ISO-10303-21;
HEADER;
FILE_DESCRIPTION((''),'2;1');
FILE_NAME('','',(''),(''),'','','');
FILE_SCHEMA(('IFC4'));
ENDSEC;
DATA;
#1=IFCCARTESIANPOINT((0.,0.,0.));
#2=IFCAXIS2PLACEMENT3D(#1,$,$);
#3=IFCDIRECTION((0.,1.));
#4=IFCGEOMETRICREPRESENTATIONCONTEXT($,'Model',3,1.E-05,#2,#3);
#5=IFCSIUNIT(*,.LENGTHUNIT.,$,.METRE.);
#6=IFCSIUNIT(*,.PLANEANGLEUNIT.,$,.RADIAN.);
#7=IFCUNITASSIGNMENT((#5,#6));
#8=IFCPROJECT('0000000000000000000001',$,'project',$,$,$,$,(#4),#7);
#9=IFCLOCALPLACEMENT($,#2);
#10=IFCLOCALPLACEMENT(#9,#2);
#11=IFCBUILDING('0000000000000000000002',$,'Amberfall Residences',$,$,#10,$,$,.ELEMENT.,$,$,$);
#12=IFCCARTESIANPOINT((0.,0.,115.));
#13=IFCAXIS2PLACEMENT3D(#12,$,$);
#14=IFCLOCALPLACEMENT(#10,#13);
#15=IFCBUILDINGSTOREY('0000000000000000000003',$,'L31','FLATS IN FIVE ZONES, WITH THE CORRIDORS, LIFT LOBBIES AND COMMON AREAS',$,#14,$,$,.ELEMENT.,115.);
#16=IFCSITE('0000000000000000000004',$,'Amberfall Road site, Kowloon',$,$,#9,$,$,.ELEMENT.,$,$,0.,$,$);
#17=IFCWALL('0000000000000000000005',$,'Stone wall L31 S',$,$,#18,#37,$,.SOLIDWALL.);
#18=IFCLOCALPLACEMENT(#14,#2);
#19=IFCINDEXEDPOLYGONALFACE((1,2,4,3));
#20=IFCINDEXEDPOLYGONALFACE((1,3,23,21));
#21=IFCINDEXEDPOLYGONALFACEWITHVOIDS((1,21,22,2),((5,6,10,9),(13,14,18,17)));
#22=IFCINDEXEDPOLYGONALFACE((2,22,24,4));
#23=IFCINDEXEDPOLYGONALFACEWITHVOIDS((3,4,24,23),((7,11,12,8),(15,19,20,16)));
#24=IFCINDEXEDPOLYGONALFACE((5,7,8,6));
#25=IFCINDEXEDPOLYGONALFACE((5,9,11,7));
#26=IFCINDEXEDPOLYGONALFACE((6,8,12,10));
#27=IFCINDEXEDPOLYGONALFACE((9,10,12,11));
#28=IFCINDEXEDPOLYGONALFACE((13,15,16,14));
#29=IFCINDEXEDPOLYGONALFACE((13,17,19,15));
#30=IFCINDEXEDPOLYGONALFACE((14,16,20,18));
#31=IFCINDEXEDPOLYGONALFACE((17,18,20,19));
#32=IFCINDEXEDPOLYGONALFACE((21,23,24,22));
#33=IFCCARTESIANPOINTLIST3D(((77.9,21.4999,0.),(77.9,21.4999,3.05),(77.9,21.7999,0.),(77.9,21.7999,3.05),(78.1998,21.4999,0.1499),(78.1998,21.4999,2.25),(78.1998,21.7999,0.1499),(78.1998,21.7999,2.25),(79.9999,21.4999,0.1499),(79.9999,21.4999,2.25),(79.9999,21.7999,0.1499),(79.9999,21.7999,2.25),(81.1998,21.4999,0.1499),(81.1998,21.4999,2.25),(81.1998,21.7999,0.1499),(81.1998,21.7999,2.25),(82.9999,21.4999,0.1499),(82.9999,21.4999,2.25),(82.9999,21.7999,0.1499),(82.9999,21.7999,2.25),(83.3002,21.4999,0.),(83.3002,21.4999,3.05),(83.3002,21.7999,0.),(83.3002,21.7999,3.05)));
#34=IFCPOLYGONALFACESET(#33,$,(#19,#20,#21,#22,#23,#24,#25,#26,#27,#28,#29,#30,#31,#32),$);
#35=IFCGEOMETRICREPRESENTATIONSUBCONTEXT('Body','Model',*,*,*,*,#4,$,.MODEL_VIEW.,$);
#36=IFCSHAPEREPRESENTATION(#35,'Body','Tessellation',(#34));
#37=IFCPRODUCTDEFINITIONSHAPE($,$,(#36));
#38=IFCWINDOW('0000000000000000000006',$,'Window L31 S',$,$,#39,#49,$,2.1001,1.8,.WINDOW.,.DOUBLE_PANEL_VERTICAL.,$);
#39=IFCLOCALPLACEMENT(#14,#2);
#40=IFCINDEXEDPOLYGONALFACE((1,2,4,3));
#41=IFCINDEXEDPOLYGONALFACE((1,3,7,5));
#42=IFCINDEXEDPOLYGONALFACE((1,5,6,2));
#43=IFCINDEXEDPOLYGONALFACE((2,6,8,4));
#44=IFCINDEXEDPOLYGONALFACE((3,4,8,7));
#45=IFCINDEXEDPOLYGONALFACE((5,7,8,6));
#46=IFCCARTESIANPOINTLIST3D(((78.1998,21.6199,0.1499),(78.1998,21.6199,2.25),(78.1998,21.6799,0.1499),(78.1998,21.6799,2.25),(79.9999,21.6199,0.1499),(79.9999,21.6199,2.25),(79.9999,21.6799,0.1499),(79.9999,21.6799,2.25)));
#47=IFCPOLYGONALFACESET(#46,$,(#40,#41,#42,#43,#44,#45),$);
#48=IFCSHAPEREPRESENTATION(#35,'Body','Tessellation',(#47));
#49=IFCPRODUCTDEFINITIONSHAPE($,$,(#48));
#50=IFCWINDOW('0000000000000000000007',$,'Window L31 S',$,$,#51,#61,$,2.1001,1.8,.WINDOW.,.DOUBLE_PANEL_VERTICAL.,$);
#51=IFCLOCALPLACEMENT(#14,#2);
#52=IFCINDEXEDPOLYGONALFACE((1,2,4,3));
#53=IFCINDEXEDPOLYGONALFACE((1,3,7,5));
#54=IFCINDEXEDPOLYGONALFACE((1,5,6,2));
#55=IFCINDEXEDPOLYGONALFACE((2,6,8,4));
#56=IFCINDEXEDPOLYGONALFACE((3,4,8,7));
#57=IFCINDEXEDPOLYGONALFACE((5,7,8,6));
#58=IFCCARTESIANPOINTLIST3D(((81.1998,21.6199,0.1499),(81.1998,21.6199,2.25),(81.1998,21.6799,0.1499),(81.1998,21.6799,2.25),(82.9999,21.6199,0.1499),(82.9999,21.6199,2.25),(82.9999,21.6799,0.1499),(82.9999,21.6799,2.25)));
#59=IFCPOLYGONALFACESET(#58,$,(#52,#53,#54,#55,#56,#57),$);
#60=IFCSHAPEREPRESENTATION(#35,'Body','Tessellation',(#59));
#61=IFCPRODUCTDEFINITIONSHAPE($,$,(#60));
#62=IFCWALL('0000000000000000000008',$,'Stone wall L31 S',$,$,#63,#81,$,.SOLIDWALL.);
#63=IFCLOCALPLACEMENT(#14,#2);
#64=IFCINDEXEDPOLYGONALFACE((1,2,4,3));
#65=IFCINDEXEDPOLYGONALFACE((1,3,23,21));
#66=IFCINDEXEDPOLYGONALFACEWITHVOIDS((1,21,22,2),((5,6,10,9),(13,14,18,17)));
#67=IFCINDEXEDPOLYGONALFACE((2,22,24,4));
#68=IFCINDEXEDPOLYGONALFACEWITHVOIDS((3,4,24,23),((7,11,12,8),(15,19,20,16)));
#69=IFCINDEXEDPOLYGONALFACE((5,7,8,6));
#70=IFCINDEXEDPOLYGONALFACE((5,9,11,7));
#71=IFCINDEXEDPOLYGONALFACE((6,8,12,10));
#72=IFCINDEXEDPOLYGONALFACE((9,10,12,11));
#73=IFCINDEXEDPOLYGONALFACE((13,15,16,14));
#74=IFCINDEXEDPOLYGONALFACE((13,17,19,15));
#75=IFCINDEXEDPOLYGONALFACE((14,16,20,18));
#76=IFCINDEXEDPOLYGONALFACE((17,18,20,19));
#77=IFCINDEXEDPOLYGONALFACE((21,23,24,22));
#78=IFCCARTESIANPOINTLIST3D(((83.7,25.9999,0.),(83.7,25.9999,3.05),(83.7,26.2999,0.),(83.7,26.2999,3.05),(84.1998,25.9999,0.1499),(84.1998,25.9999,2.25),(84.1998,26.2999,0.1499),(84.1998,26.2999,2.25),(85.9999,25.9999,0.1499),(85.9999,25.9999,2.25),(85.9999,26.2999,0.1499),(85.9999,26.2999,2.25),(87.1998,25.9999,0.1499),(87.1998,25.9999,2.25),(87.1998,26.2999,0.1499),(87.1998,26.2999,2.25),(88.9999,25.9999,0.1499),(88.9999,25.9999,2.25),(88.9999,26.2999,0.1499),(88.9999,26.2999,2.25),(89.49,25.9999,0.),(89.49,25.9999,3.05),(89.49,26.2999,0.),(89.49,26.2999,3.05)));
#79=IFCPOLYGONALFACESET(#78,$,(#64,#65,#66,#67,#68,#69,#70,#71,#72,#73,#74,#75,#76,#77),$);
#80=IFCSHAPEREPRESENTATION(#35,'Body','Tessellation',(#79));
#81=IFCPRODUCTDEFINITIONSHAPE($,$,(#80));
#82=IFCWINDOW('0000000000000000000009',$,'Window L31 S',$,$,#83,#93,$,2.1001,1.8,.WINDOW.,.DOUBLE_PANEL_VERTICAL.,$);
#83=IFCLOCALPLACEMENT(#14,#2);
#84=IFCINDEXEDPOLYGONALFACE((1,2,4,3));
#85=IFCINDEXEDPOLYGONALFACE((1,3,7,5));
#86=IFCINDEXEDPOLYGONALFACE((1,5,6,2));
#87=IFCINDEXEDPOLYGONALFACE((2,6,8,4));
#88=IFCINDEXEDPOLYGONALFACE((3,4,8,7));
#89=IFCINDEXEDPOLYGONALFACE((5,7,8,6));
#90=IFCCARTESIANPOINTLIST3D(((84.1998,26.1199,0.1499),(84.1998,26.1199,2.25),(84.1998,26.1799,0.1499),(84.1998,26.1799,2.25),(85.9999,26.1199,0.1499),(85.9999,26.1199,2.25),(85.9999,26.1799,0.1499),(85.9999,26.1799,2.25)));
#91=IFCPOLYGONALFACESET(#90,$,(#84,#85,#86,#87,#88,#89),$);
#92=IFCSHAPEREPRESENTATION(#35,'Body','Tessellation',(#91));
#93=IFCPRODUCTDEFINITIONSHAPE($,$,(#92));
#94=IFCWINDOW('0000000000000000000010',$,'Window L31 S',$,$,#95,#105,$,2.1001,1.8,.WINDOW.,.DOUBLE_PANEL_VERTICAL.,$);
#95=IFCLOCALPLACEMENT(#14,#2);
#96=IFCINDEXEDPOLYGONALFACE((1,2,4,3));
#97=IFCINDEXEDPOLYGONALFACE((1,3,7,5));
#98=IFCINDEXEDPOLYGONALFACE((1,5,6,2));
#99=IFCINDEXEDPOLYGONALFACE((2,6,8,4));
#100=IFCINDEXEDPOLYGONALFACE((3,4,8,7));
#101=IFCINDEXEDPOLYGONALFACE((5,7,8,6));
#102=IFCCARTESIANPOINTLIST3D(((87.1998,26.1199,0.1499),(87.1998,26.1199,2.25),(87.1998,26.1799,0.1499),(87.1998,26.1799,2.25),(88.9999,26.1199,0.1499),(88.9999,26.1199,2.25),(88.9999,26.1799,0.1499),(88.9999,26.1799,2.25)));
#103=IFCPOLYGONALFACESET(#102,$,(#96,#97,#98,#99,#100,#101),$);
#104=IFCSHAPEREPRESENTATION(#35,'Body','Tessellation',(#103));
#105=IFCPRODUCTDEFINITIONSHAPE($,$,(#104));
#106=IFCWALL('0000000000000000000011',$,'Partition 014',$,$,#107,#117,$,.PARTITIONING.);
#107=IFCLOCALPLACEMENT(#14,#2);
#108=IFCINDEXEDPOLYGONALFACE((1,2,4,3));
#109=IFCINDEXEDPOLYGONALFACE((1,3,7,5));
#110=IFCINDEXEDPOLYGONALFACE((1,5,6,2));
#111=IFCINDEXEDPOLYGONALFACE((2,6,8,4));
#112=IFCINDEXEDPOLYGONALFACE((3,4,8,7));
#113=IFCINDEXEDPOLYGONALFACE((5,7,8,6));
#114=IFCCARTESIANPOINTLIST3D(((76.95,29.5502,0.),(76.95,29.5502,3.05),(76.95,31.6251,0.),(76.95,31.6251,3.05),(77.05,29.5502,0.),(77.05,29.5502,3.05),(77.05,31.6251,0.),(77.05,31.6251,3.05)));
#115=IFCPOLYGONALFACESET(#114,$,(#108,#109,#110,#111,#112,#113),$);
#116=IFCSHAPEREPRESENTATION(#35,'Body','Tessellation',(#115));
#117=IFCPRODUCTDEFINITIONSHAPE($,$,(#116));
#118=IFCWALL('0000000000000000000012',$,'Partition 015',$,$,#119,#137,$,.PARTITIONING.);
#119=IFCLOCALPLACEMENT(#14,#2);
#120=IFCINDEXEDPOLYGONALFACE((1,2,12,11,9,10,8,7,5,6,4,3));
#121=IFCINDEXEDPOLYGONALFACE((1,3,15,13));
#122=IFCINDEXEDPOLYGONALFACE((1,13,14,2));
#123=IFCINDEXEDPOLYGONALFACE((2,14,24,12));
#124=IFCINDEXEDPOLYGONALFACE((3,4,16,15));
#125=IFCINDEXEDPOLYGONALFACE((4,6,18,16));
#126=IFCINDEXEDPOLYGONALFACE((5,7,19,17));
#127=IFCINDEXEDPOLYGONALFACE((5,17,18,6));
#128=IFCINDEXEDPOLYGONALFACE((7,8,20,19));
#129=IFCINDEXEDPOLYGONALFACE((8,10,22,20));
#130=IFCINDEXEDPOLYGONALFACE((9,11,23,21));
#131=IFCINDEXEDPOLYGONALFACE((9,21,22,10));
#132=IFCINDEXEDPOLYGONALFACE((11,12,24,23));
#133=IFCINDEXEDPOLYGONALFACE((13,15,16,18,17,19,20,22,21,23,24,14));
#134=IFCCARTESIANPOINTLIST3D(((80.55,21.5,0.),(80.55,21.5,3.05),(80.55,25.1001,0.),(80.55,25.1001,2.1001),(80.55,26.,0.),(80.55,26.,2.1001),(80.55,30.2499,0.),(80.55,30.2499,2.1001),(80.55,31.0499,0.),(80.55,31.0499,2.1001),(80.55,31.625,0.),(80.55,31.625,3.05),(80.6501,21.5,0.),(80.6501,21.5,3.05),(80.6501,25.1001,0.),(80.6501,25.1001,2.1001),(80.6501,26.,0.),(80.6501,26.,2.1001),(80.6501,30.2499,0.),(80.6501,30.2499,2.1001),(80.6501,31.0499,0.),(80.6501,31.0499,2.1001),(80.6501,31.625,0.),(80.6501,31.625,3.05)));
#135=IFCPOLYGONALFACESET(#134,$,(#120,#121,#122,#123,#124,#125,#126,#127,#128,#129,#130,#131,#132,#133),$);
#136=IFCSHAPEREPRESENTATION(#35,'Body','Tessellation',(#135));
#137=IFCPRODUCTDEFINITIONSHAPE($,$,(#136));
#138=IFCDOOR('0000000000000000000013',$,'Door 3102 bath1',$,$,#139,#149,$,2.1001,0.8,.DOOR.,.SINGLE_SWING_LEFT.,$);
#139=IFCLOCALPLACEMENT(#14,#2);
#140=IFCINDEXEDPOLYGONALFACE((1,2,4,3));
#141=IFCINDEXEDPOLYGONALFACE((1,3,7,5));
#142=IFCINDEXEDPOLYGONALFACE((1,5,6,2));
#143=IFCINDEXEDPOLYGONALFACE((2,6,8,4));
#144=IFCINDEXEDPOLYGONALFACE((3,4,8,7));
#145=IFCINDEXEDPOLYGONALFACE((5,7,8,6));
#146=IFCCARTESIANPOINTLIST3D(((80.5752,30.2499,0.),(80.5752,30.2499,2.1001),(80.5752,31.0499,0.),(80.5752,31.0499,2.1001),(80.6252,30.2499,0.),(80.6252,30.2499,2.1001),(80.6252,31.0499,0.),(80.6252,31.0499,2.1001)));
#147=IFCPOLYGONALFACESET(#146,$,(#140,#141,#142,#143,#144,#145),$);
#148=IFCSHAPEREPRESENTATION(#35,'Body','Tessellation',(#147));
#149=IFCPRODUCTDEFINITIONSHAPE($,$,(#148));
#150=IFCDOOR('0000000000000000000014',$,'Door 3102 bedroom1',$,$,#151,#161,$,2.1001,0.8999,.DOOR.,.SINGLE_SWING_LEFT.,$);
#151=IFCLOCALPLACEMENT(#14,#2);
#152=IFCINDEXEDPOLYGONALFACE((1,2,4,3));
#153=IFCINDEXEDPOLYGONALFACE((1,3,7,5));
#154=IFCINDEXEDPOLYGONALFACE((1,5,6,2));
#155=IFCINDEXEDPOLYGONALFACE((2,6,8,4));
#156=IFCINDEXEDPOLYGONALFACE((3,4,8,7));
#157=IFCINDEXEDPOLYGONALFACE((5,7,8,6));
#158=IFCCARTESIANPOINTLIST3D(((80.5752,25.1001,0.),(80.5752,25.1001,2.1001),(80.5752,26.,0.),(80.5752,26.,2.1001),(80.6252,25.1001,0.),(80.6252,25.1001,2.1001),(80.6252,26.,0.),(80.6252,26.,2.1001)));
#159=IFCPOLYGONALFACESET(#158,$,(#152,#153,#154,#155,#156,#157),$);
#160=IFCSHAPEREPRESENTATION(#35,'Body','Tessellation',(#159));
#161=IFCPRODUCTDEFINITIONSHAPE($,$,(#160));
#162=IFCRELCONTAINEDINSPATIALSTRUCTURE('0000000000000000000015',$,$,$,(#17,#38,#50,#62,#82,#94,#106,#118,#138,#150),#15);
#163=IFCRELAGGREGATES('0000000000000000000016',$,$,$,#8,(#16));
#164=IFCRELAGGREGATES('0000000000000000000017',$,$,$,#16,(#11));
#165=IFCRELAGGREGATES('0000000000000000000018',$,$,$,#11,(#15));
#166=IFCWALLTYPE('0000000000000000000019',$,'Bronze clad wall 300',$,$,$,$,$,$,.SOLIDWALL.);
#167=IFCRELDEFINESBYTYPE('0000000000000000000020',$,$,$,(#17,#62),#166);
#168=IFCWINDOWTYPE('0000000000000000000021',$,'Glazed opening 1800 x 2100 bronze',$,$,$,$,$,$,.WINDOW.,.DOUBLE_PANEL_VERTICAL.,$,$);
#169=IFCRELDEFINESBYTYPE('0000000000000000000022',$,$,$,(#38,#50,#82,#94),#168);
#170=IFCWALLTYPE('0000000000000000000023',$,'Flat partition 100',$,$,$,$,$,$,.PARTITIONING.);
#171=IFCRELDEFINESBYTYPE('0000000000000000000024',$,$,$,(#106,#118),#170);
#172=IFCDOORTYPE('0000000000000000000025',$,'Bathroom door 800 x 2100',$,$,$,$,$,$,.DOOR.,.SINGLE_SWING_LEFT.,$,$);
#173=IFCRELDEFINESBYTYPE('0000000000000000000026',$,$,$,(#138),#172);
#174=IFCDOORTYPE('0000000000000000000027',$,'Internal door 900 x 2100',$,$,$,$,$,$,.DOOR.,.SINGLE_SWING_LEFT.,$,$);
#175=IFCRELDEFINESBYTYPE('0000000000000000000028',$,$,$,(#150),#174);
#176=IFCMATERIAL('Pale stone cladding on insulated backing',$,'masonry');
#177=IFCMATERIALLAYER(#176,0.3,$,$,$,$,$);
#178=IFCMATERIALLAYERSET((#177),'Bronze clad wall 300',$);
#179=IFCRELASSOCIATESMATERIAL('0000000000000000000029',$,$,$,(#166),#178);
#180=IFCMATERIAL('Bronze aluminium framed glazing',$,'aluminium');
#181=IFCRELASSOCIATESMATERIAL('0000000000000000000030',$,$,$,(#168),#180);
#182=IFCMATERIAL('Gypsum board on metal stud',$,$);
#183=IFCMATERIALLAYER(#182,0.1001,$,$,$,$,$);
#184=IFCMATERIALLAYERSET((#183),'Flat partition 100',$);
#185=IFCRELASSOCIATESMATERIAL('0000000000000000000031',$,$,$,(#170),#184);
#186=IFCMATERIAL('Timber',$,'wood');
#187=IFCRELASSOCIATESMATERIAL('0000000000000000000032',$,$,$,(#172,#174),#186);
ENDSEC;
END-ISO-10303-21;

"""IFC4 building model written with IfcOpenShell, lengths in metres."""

from ifc_helpers import new_model, si_unit, direction, frame, frame_2d, origin, place, context, subcontext, project, spatial, rectangle, extrude, material, layer, layer_set, type_object, element, fill, save


model = new_model("IFC4")

# Units and contexts
model_context = context("Model", 3, precision=1e-05, world=origin(), true_north=direction((0.0, 1.0)))
body_context = subcontext(model_context, "Body", "Model", "MODEL_VIEW")
ifc_project = project(units=[si_unit("LENGTHUNIT", "METRE"), si_unit("PLANEANGLEUNIT", "RADIAN")], contexts=[model_context])

# Site, building, storey
site_placement = place(None, origin())
site = spatial("IfcSite", under=ifc_project, at=site_placement, Name="Amberfall Road site, Kowloon", CompositionType="ELEMENT", RefElevation=0.0)
building_placement = place(site_placement, origin())
building = spatial("IfcBuilding", under=site, at=building_placement, Name="Amberfall Residences", CompositionType="ELEMENT")
storey_placement = place(building_placement, frame((0.0, 0.0, 115.0)))
storey = spatial("IfcBuildingStorey", under=building, at=storey_placement, Name="L31", Description="FLATS IN FIVE ZONES, WITH THE CORRIDORS, LIFT LOBBIES AND COMMON AREAS", CompositionType="ELEMENT", Elevation=115.0)

# Shared definitions
ifc_material_1 = material(Name="Pale stone cladding on insulated backing", Category="masonry")
ifc_layer_1 = layer(ifc_material_1, 0.3)
ifc_layer_set_1 = layer_set([ifc_layer_1], Name="Bronze clad wall 300")
wall_type_1 = type_object("IfcWallType", Name="Bronze clad wall 300", PredefinedType="SOLIDWALL", material=ifc_layer_set_1)

# Shared definitions
ifc_material_2 = material(Name="Bronze aluminium framed glazing", Category="aluminium")

# Walls, openings, windows
wall_1_placement = place(storey_placement, frame((77.8999, 21.6499, 0.0), z_axis=(0.0, 0.0, 1.0), x_axis=(1.0, 0.0, 0.0)))
wall_1 = element("IfcWall", 1, at=wall_1_placement, inside=storey, type_object=wall_type_1, Name="Stone wall L31 S", PredefinedType="SOLIDWALL", context=body_context, shape_type="SweptSolid", body=[
    extrude(rectangle(XDim=5.4001, YDim=0.3, at=frame_2d((2.7002, 0.0))), origin(), (0.0, 0.0, 1.0), 3.05),
])
opening_1_placement = place(wall_1_placement, frame((0.3, 0.0, 0.1499)))
opening_1 = element("IfcOpeningElement", 2, at=opening_1_placement, cuts=wall_1, PredefinedType="OPENING", context=body_context, shape_type="SweptSolid", body=[
    extrude(rectangle(XDim=1.8, YDim=2.1001, at=frame_2d((0.8999, 1.05))), frame((0.0, 0.1599, 0.0), z_axis=(0.0, -1.0, 0.0), x_axis=(1.0, 0.0, 0.0)), (0.0, 0.0, 1.0), 0.3201),
])
opening_2_placement = place(wall_1_placement, frame((3.3, 0.0, 0.1499)))
opening_2 = element("IfcOpeningElement", 3, at=opening_2_placement, cuts=wall_1, PredefinedType="OPENING", context=body_context, shape_type="SweptSolid", body=[
    extrude(rectangle(XDim=1.8, YDim=2.1001, at=frame_2d((0.8999, 1.05))), frame((0.0, 0.1599, 0.0), z_axis=(0.0, -1.0, 0.0), x_axis=(1.0, 0.0, 0.0)), (0.0, 0.0, 1.0), 0.3201),
])
window_type_1 = type_object("IfcWindowType", Name="Glazed opening 1800 x 2100 bronze", PartitioningType="DOUBLE_PANEL_VERTICAL", PredefinedType="WINDOW", material=ifc_material_2)
window_1_placement = place(opening_1_placement, origin())
window_1 = element("IfcWindow", 4, at=window_1_placement, inside=storey, type_object=window_type_1, Name="Window L31 S", OverallHeight=2.1001, OverallWidth=1.8, PartitioningType="DOUBLE_PANEL_VERTICAL", PredefinedType="WINDOW", context=body_context, shape_type="SweptSolid", body=[
    extrude(rectangle(XDim=1.8, YDim=2.1001, at=frame_2d((0.8999, 1.05))), frame((0.0, 0.03, 0.0), z_axis=(0.0, -1.0, 0.0), x_axis=(1.0, 0.0, 0.0)), (0.0, 0.0, 1.0), 0.0601),
])
fill(opening_1, window_1)
window_2_placement = place(opening_2_placement, origin())
window_2 = element("IfcWindow", 5, at=window_2_placement, inside=storey, type_object=window_type_1, Name="Window L31 S", OverallHeight=2.1001, OverallWidth=1.8, PartitioningType="DOUBLE_PANEL_VERTICAL", PredefinedType="WINDOW", context=body_context, shape_type="SweptSolid", body=[
    extrude(rectangle(XDim=1.8, YDim=2.1001, at=frame_2d((0.8999, 1.05))), frame((0.0, 0.03, 0.0), z_axis=(0.0, -1.0, 0.0), x_axis=(1.0, 0.0, 0.0)), (0.0, 0.0, 1.0), 0.0601),
])
fill(opening_2, window_2)
wall_2_placement = place(storey_placement, frame((83.7, 26.1499, 0.0), z_axis=(0.0, 0.0, 1.0), x_axis=(1.0, 0.0, 0.0)))
wall_2 = element("IfcWall", 6, at=wall_2_placement, inside=storey, type_object=wall_type_1, Name="Stone wall L31 S", PredefinedType="SOLIDWALL", context=body_context, shape_type="SweptSolid", body=[
    extrude(rectangle(XDim=5.79, YDim=0.3, at=frame_2d((2.895, 0.0))), origin(), (0.0, 0.0, 1.0), 3.05),
])
opening_3_placement = place(wall_2_placement, frame((0.5, 0.0, 0.1499)))
opening_3 = element("IfcOpeningElement", 7, at=opening_3_placement, cuts=wall_2, PredefinedType="OPENING", context=body_context, shape_type="SweptSolid", body=[
    extrude(rectangle(XDim=1.8, YDim=2.1001, at=frame_2d((0.8999, 1.05))), frame((0.0, 0.1599, 0.0), z_axis=(0.0, -1.0, 0.0), x_axis=(1.0, 0.0, 0.0)), (0.0, 0.0, 1.0), 0.3201),
])
opening_4_placement = place(wall_2_placement, frame((3.5, 0.0, 0.1499)))
opening_4 = element("IfcOpeningElement", 8, at=opening_4_placement, cuts=wall_2, PredefinedType="OPENING", context=body_context, shape_type="SweptSolid", body=[
    extrude(rectangle(XDim=1.8, YDim=2.1001, at=frame_2d((0.8999, 1.05))), frame((0.0, 0.1599, 0.0), z_axis=(0.0, -1.0, 0.0), x_axis=(1.0, 0.0, 0.0)), (0.0, 0.0, 1.0), 0.3201),
])
window_3_placement = place(opening_3_placement, origin())
window_3 = element("IfcWindow", 9, at=window_3_placement, inside=storey, type_object=window_type_1, Name="Window L31 S", OverallHeight=2.1001, OverallWidth=1.8, PartitioningType="DOUBLE_PANEL_VERTICAL", PredefinedType="WINDOW", context=body_context, shape_type="SweptSolid", body=[
    extrude(rectangle(XDim=1.8, YDim=2.1001, at=frame_2d((0.8999, 1.05))), frame((0.0, 0.03, 0.0), z_axis=(0.0, -1.0, 0.0), x_axis=(1.0, 0.0, 0.0)), (0.0, 0.0, 1.0), 0.0601),
])
fill(opening_3, window_3)
window_4_placement = place(opening_4_placement, origin())
window_4 = element("IfcWindow", 10, at=window_4_placement, inside=storey, type_object=window_type_1, Name="Window L31 S", OverallHeight=2.1001, OverallWidth=1.8, PartitioningType="DOUBLE_PANEL_VERTICAL", PredefinedType="WINDOW", context=body_context, shape_type="SweptSolid", body=[
    extrude(rectangle(XDim=1.8, YDim=2.1001, at=frame_2d((0.8999, 1.05))), frame((0.0, 0.03, 0.0), z_axis=(0.0, -1.0, 0.0), x_axis=(1.0, 0.0, 0.0)), (0.0, 0.0, 1.0), 0.0601),
])
fill(opening_4, window_4)

# Wall
ifc_material_3 = material(Name="Gypsum board on metal stud")
ifc_layer_2 = layer(ifc_material_3, 0.1001)
ifc_layer_set_2 = layer_set([ifc_layer_2], Name="Flat partition 100")
wall_type_2 = type_object("IfcWallType", Name="Flat partition 100", PredefinedType="PARTITIONING", material=ifc_layer_set_2)
wall_3_placement = place(storey_placement, frame((77.0, 29.55, 0.0), z_axis=(0.0, 0.0, 1.0), x_axis=(0.0, 1.0, 0.0)))
element("IfcWall", 11, at=wall_3_placement, inside=storey, type_object=wall_type_2, Name="Partition 014", PredefinedType="PARTITIONING", context=body_context, shape_type="SweptSolid", body=[
    extrude(rectangle(XDim=2.075, YDim=0.1001, at=frame_2d((1.0376, 0.0))), origin(), (0.0, 0.0, 1.0), 3.05),
])

# Wall, openings, doors
wall_4_placement = place(storey_placement, frame((80.6001, 21.5, 0.0), z_axis=(0.0, 0.0, 1.0), x_axis=(0.0, 1.0, 0.0)))
wall_4 = element("IfcWall", 12, at=wall_4_placement, inside=storey, type_object=wall_type_2, Name="Partition 015", PredefinedType="PARTITIONING", context=body_context, shape_type="SweptSolid", body=[
    extrude(rectangle(XDim=10.125, YDim=0.1001, at=frame_2d((5.0625, 0.0))), origin(), (0.0, 0.0, 1.0), 3.05),
])
opening_5_placement = place(wall_4_placement, frame((3.6001, 0.0, 0.0)))
opening_5 = element("IfcOpeningElement", 13, at=opening_5_placement, cuts=wall_4, PredefinedType="OPENING", context=body_context, shape_type="SweptSolid", body=[
    extrude(rectangle(XDim=0.8999, YDim=2.1001, at=frame_2d((0.45, 1.05))), frame((0.0, 0.0601, 0.0), z_axis=(0.0, -1.0, 0.0), x_axis=(1.0, 0.0, 0.0)), (0.0, 0.0, 1.0), 0.1201),
])
opening_6_placement = place(wall_4_placement, frame((8.75, 0.0, 0.0)))
opening_6 = element("IfcOpeningElement", 14, at=opening_6_placement, cuts=wall_4, PredefinedType="OPENING", context=body_context, shape_type="SweptSolid", body=[
    extrude(rectangle(XDim=0.8, YDim=2.1001, at=frame_2d((0.3999, 1.05))), frame((0.0, 0.0601, 0.0), z_axis=(0.0, -1.0, 0.0), x_axis=(1.0, 0.0, 0.0)), (0.0, 0.0, 1.0), 0.1201),
])
ifc_material_4 = material(Name="Timber", Category="wood")
door_type_1 = type_object("IfcDoorType", Name="Bathroom door 800 x 2100", OperationType="SINGLE_SWING_LEFT", PredefinedType="DOOR", material=ifc_material_4)
door_1_placement = place(opening_6_placement, origin())
door_1 = element("IfcDoor", 15, at=door_1_placement, inside=storey, type_object=door_type_1, Name="Door 3102 bath1", OperationType="SINGLE_SWING_LEFT", OverallHeight=2.1001, OverallWidth=0.8, PredefinedType="DOOR", context=body_context, shape_type="SweptSolid", body=[
    extrude(rectangle(XDim=0.8, YDim=2.1001, at=frame_2d((0.3999, 1.05))), frame((0.0, 0.0249, 0.0), z_axis=(0.0, -1.0, 0.0), x_axis=(1.0, 0.0, 0.0)), (0.0, 0.0, 1.0), 0.05),
])
fill(opening_6, door_1)
door_type_2 = type_object("IfcDoorType", Name="Internal door 900 x 2100", OperationType="SINGLE_SWING_LEFT", PredefinedType="DOOR", material=ifc_material_4)
door_2_placement = place(opening_5_placement, origin())
door_2 = element("IfcDoor", 16, at=door_2_placement, inside=storey, type_object=door_type_2, Name="Door 3102 bedroom1", OperationType="SINGLE_SWING_LEFT", OverallHeight=2.1001, OverallWidth=0.8999, PredefinedType="DOOR", context=body_context, shape_type="SweptSolid", body=[
    extrude(rectangle(XDim=0.8999, YDim=2.1001, at=frame_2d((0.45, 1.05))), frame((0.0, 0.0249, 0.0), z_axis=(0.0, -1.0, 0.0), x_axis=(1.0, 0.0, 0.0)), (0.0, 0.0, 1.0), 0.05),
])
fill(opening_5, door_2)

save(model, "model.ifc")
